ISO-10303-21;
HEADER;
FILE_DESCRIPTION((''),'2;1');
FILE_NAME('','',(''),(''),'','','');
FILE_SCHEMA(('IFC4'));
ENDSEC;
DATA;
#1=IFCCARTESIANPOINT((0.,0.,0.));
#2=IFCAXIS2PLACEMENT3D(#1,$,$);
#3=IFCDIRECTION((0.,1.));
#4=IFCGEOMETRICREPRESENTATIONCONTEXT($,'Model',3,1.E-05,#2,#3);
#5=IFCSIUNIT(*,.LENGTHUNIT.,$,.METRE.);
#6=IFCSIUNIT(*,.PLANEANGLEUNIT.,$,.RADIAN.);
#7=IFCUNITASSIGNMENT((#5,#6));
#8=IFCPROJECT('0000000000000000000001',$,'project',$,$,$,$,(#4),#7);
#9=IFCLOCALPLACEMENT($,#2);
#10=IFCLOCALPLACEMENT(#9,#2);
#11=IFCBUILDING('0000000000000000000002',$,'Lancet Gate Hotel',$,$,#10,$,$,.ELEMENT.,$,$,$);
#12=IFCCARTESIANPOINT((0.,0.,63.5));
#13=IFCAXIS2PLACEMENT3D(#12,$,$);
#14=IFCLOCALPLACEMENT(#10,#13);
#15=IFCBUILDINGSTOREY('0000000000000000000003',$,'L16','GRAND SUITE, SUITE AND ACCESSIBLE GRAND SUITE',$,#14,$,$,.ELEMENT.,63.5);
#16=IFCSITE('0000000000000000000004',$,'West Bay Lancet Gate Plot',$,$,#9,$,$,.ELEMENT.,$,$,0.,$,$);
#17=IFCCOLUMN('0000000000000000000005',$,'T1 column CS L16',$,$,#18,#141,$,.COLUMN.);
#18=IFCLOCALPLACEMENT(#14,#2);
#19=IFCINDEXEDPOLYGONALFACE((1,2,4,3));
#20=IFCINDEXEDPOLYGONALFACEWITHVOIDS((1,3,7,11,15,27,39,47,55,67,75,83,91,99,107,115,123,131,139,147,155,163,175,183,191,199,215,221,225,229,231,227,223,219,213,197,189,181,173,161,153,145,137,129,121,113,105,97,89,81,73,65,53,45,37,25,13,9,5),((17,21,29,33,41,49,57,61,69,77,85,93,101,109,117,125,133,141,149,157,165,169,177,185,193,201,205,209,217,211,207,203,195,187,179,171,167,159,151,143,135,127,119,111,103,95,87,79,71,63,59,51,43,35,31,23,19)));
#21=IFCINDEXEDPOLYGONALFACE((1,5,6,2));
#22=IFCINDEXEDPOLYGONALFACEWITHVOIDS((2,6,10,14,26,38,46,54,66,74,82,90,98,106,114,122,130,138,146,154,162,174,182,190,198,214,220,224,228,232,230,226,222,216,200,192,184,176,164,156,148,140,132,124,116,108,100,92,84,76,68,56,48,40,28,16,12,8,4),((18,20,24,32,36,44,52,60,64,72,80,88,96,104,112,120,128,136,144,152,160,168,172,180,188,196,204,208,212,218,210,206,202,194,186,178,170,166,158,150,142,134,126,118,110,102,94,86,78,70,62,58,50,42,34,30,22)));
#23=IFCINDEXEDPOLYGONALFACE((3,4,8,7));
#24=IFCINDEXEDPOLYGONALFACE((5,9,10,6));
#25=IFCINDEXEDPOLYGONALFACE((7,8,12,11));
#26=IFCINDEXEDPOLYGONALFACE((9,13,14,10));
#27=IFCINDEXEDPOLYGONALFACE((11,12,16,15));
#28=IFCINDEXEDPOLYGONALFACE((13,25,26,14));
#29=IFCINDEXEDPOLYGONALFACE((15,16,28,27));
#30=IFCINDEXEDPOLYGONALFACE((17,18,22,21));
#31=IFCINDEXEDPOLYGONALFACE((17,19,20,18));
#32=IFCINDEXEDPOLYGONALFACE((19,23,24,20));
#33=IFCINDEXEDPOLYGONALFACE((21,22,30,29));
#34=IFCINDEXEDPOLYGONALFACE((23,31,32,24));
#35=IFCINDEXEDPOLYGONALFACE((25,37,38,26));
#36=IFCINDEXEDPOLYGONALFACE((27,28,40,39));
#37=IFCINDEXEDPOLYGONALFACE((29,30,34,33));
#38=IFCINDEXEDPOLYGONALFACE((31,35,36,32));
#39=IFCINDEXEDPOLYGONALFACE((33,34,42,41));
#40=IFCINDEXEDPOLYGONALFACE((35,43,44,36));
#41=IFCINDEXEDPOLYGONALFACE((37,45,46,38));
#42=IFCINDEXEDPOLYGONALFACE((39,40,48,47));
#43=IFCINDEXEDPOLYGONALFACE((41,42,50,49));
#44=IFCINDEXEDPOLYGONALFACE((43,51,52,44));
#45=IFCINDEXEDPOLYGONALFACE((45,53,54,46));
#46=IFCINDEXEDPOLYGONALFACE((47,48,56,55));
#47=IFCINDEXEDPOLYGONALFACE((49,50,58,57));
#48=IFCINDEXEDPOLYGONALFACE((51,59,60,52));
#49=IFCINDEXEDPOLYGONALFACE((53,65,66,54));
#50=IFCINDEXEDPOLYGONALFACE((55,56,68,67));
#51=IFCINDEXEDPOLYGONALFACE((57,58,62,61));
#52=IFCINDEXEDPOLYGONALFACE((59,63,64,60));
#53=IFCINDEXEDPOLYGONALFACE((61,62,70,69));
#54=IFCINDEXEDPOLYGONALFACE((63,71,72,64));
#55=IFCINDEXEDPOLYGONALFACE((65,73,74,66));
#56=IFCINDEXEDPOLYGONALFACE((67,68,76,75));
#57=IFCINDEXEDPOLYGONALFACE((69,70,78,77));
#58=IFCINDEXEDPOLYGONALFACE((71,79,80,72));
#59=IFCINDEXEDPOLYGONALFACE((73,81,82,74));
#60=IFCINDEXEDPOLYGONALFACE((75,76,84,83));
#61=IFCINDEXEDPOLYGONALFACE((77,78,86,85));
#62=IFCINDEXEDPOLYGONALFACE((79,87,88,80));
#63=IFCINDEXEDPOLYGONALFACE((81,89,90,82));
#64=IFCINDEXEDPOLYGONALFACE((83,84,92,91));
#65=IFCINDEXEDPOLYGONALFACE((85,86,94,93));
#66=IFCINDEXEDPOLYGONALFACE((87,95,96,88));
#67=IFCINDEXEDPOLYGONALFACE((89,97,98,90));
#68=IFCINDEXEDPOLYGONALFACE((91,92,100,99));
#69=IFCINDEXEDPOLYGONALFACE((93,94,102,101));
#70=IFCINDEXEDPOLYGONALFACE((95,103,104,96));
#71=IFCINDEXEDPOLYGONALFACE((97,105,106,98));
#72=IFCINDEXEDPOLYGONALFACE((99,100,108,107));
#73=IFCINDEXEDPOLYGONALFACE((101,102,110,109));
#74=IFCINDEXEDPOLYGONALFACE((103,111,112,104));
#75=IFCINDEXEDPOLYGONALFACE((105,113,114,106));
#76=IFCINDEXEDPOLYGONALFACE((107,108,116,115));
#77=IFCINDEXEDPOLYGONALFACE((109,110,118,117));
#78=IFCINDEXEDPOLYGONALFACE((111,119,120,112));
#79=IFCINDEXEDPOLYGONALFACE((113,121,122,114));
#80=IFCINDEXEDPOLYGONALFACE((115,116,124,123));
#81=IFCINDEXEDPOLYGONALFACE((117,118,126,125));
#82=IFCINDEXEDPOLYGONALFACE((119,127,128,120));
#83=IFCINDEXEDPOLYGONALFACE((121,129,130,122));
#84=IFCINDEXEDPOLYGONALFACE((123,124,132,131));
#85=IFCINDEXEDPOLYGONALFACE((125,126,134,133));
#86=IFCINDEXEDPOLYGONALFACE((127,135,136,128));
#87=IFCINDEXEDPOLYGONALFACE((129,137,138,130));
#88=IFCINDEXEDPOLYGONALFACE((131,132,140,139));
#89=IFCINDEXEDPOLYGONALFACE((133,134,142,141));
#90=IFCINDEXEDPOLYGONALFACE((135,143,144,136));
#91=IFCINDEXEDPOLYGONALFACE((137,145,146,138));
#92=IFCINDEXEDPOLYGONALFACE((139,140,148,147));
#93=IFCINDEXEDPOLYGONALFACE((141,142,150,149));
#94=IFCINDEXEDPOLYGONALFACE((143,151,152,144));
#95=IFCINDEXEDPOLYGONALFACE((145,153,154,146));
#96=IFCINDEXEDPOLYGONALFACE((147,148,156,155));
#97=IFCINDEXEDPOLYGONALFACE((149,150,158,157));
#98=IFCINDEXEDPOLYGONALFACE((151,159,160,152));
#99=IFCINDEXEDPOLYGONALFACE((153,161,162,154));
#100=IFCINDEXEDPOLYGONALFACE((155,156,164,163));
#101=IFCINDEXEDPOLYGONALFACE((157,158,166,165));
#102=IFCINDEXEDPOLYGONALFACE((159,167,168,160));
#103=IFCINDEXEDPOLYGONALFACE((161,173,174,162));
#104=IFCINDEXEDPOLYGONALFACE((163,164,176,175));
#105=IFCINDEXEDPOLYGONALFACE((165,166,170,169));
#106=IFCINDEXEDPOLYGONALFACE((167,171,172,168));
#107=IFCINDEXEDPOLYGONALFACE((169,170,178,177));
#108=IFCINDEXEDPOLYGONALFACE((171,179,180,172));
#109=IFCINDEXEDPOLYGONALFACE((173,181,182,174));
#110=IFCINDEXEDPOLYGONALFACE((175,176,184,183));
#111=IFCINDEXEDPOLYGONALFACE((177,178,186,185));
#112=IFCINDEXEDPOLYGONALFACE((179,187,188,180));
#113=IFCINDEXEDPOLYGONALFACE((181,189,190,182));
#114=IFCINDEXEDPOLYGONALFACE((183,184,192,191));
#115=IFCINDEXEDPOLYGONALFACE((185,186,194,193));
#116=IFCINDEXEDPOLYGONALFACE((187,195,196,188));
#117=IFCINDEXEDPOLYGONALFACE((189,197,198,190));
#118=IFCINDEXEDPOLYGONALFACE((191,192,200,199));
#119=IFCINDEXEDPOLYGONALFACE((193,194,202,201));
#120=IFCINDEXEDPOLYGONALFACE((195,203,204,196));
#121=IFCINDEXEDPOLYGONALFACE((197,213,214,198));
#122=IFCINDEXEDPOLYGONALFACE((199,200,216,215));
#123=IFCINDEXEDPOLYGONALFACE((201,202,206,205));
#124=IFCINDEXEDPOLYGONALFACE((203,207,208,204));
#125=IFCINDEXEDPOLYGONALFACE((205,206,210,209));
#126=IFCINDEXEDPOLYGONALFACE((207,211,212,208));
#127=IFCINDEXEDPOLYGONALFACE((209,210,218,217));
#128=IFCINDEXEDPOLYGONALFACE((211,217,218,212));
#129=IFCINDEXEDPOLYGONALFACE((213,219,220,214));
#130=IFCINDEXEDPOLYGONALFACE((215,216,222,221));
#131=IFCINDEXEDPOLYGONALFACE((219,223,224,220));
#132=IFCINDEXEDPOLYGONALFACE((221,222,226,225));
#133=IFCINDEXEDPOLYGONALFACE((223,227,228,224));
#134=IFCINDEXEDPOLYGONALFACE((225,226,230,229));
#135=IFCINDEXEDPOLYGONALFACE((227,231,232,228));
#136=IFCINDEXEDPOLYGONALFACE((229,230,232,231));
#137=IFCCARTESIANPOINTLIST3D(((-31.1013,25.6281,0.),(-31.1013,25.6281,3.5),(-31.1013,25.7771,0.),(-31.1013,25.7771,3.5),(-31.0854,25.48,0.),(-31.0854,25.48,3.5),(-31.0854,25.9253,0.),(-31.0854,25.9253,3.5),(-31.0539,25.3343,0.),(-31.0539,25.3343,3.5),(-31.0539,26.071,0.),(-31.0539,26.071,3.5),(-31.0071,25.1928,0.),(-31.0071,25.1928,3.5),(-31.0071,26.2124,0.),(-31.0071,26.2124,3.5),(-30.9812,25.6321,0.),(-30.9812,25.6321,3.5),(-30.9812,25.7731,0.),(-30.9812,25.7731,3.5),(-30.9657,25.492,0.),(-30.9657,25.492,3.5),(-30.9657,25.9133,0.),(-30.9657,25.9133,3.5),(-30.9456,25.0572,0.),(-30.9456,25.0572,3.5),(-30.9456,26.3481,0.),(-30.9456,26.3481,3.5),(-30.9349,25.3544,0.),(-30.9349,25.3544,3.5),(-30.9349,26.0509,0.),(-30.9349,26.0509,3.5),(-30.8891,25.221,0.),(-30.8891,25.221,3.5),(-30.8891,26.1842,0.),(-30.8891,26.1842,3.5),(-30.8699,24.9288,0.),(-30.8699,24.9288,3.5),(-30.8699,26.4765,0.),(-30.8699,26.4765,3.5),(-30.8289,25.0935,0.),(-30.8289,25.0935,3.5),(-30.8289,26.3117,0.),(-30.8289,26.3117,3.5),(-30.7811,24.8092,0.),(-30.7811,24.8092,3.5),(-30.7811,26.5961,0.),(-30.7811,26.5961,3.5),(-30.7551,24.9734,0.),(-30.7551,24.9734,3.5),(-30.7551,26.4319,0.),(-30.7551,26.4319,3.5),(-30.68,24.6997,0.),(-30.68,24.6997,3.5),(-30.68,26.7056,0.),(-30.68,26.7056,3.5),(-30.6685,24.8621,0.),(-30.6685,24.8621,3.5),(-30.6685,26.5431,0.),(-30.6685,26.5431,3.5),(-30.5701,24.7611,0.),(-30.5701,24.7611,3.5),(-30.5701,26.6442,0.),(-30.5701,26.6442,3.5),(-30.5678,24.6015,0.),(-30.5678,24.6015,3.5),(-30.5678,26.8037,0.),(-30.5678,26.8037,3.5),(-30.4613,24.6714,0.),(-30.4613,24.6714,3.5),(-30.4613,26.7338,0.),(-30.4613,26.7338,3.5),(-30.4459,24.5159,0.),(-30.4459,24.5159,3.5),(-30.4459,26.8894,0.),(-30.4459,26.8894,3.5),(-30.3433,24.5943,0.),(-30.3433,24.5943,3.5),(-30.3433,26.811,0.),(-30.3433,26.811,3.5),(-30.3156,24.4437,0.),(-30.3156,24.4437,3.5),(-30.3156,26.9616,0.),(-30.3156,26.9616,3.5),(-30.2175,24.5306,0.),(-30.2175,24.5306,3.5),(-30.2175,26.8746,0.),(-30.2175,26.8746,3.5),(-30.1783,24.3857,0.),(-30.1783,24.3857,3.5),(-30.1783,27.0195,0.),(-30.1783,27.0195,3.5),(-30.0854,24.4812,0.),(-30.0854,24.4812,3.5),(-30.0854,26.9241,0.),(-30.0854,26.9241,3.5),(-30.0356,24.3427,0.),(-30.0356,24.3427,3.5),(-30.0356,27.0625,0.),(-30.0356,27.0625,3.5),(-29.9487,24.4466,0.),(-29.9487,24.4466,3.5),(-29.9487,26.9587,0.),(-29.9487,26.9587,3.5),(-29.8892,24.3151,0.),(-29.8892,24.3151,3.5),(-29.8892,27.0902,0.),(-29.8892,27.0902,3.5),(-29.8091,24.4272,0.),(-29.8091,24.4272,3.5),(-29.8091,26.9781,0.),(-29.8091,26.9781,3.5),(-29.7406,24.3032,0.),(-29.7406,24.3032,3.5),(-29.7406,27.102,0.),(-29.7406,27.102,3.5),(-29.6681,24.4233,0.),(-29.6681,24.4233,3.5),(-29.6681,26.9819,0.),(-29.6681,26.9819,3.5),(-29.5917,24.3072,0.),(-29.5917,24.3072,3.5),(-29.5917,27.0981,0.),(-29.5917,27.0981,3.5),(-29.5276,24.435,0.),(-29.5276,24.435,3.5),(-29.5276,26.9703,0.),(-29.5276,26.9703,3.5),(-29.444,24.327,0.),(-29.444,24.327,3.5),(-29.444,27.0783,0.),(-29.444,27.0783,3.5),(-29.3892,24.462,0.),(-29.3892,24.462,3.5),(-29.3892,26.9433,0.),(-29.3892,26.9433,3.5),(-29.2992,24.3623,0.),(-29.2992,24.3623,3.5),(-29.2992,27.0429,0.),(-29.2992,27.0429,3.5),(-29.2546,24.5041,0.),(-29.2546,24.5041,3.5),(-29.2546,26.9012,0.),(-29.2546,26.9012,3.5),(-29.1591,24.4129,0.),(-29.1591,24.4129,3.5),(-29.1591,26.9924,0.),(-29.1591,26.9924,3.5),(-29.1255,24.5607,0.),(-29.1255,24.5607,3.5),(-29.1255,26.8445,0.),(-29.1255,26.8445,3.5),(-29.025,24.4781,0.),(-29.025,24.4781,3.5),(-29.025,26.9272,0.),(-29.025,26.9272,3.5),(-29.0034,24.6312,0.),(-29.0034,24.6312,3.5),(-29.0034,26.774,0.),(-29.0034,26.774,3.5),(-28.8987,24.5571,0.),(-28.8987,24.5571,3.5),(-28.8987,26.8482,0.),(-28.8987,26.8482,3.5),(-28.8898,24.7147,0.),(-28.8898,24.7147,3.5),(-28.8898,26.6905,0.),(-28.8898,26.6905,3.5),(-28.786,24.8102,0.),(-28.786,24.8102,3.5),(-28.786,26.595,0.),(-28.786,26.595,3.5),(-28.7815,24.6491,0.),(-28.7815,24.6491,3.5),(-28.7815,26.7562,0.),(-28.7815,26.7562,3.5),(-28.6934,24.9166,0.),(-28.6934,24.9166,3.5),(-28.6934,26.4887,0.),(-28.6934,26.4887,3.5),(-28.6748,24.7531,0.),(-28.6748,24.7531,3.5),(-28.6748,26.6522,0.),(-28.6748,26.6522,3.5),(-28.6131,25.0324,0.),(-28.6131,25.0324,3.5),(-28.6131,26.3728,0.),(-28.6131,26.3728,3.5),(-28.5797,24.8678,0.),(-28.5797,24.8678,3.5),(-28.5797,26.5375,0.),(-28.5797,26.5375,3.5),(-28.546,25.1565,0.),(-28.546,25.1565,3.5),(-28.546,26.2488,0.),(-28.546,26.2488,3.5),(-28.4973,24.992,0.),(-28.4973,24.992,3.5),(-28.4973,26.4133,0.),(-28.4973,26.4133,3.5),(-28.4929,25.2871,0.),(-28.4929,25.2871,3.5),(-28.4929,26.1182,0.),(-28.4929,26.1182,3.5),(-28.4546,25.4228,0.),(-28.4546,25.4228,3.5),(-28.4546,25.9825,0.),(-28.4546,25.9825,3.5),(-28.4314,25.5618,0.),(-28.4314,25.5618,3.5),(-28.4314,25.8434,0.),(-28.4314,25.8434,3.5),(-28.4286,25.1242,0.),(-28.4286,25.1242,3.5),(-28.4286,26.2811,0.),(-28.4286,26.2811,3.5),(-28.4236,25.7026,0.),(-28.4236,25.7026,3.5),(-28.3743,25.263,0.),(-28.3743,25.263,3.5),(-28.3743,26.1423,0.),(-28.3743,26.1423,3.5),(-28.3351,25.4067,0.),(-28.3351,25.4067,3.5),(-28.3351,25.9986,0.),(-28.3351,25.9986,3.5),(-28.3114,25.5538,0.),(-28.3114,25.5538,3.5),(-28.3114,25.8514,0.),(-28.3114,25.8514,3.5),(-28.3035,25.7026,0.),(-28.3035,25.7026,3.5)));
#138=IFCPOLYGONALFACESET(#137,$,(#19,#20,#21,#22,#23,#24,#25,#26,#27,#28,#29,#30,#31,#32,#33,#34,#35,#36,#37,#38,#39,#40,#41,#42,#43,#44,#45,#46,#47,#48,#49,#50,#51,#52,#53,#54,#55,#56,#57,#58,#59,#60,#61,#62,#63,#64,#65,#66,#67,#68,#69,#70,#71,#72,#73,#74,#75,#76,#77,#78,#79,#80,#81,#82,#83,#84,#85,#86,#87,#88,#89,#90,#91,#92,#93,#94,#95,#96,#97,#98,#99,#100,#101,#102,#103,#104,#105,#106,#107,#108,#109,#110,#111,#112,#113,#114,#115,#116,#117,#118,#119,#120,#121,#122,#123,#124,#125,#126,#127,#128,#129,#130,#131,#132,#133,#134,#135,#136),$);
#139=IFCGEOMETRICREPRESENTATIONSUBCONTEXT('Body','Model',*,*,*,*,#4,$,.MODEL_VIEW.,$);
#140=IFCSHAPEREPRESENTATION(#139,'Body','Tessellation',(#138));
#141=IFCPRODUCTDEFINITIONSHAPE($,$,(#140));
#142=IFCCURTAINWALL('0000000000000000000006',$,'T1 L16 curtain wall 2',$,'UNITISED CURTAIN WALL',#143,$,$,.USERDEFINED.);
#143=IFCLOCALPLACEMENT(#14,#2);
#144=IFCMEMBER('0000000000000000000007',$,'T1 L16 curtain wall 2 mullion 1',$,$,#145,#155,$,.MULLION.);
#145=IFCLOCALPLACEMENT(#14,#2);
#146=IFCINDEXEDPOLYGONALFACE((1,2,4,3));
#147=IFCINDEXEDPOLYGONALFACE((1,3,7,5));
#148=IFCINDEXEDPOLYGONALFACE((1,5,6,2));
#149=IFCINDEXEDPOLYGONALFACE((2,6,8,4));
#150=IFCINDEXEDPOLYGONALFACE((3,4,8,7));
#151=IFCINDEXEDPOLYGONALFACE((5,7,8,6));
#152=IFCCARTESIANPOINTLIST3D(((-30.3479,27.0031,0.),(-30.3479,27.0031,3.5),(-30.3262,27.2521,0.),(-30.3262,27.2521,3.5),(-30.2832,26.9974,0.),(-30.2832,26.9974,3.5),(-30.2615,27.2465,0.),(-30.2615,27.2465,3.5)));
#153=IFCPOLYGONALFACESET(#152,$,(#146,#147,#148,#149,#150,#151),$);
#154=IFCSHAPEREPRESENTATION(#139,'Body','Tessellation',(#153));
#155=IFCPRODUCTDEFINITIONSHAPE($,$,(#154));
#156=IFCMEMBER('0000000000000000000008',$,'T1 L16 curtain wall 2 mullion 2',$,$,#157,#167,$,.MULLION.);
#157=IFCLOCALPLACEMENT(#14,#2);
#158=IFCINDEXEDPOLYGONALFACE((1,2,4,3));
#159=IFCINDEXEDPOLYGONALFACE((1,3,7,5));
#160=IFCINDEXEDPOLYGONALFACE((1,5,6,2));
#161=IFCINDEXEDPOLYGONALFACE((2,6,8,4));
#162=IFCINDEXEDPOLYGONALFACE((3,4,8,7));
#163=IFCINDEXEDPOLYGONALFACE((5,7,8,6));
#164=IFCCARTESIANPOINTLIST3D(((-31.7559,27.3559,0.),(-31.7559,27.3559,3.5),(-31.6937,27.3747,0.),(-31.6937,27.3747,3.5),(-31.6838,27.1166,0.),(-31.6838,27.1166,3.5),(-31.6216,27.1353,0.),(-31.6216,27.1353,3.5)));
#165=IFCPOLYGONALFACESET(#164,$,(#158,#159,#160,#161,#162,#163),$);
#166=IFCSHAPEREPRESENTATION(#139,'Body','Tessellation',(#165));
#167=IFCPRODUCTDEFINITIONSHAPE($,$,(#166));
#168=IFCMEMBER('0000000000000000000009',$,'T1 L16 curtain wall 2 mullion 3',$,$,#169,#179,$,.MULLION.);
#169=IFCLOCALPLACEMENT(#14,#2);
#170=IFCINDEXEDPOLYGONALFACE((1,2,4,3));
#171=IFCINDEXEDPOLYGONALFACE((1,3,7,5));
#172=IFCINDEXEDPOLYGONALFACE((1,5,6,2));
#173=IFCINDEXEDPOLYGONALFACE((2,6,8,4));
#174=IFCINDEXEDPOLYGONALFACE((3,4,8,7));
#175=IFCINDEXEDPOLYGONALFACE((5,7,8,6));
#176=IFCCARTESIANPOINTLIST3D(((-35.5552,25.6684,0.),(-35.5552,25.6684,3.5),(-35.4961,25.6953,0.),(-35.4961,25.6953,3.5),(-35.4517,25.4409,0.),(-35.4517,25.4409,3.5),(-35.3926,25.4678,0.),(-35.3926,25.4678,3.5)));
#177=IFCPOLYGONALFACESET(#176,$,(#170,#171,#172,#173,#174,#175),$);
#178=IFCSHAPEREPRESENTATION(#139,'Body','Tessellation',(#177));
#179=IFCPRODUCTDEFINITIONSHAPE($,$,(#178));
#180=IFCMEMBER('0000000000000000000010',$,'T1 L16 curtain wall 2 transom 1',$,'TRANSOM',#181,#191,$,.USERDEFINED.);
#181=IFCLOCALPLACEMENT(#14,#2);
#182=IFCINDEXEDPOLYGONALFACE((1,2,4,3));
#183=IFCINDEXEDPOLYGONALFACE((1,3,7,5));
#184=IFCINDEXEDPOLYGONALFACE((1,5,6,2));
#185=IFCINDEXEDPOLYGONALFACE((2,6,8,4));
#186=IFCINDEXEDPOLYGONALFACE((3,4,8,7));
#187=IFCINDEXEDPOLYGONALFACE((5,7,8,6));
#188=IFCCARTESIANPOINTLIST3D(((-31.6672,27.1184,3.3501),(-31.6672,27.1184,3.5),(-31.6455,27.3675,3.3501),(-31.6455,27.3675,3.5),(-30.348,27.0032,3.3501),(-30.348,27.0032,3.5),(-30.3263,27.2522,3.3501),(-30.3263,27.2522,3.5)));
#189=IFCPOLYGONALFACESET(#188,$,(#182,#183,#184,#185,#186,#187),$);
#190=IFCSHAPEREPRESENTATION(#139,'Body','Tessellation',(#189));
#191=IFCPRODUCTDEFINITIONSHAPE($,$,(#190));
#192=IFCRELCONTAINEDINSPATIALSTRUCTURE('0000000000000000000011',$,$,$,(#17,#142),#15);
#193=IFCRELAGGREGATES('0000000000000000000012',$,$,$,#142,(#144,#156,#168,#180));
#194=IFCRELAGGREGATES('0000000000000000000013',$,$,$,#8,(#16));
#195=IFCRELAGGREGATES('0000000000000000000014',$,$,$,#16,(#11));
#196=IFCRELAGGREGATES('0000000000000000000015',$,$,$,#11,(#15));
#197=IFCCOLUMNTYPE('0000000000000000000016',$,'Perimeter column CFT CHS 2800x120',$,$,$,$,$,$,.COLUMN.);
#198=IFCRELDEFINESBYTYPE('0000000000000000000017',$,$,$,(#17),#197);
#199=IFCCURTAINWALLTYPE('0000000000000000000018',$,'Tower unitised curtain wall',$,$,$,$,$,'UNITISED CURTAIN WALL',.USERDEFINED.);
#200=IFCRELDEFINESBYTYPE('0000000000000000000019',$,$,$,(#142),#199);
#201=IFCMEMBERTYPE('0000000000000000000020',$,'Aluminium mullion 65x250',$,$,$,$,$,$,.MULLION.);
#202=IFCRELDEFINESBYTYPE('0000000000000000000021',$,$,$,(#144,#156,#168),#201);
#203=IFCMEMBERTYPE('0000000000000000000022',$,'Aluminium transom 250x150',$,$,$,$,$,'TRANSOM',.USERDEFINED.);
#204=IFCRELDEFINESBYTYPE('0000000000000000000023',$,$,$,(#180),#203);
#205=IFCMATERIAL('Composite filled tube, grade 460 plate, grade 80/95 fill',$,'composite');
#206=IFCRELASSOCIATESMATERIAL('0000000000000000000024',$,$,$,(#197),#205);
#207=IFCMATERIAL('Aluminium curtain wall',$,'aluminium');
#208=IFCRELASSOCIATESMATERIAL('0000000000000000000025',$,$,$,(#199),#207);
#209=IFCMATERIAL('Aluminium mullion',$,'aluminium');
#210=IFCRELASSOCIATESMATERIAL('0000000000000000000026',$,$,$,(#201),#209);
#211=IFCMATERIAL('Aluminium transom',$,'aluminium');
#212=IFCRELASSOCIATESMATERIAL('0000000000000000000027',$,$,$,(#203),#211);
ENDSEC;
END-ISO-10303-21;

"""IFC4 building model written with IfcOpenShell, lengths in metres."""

from ifc_helpers import new_model, si_unit, direction, frame, origin, origin_2d, place, context, subcontext, project, spatial, rectangle, hollow_circle, extrude, material, material_profile, profile_set, type_object, element, aggregate, save


model = new_model("IFC4")

# Units and contexts
model_context = context("Model", 3, precision=1e-05, world=origin(), true_north=direction((0.0, 1.0)))
body_context = subcontext(model_context, "Body", "Model", "MODEL_VIEW")
ifc_project = project(units=[si_unit("LENGTHUNIT", "METRE"), si_unit("PLANEANGLEUNIT", "RADIAN")], contexts=[model_context])

# Site, building, storey
site_placement = place(None, origin())
site = spatial("IfcSite", under=ifc_project, at=site_placement, Name="West Bay Lancet Gate Plot", CompositionType="ELEMENT", RefElevation=0.0)
building_placement = place(site_placement, origin())
building = spatial("IfcBuilding", under=site, at=building_placement, Name="Lancet Gate Hotel", CompositionType="ELEMENT")
storey_placement = place(building_placement, frame((0.0, 0.0, 63.5)))
storey = spatial("IfcBuildingStorey", under=building, at=storey_placement, Name="L16", Description="GRAND SUITE, SUITE AND ACCESSIBLE GRAND SUITE", CompositionType="ELEMENT", Elevation=63.5)

# Column
ifc_material_1 = material(Name="Composite filled tube, grade 460 plate, grade 80/95 fill", Category="composite")
ifc_material_profile_1 = material_profile(ifc_material_1, hollow_circle(Radius=1.3999, WallThickness=0.1201, at=origin_2d()), Name="CHS 2800x120")
ifc_profile_set_1 = profile_set([ifc_material_profile_1], Name="Composite filled tube, grade 460 plate, grade 80/95 fill")
column_type = type_object("IfcColumnType", Name="Perimeter column CFT CHS 2800x120", PredefinedType="COLUMN", material=ifc_profile_set_1)
column_placement = place(storey_placement, frame((-29.7034, 25.7026, 0.0), z_axis=(0.0, 0.0, 1.0), x_axis=(1.0, 0.0, 0.0)))
element("IfcColumn", 1, at=column_placement, inside=storey, type_object=column_type, Name="T1 column CS L16", PredefinedType="COLUMN", context=body_context, shape_type="SweptSolid", body=[
    extrude(hollow_circle(Radius=1.3999, WallThickness=0.1201, at=origin_2d()), origin(), (0.0, 0.0, 1.0), 3.5),
])

# Curtain wall, members
ifc_material_2 = material(Name="Aluminium curtain wall", Category="aluminium")
curtain_wall_type = type_object("IfcCurtainWallType", Name="Tower unitised curtain wall", ElementType="UNITISED CURTAIN WALL", PredefinedType="USERDEFINED", material=ifc_material_2)
curtain_wall_placement = place(storey_placement, origin())
curtain_wall = element("IfcCurtainWall", 2, at=curtain_wall_placement, inside=storey, type_object=curtain_wall_type, Name="T1 L16 curtain wall 2", ObjectType="UNITISED CURTAIN WALL", PredefinedType="USERDEFINED")
ifc_material_3 = material(Name="Aluminium mullion", Category="aluminium")
ifc_material_profile_2 = material_profile(ifc_material_3, rectangle(XDim=0.0649, YDim=0.25, at=origin_2d()), Name="MULLION 65x250")
ifc_profile_set_2 = profile_set([ifc_material_profile_2], Name="Aluminium mullion")
member_type_1 = type_object("IfcMemberType", Name="Aluminium mullion 65x250", PredefinedType="MULLION", material=ifc_profile_set_2)
member_1_placement = place(storey_placement, frame((-30.3047, 27.1248, 0.0), z_axis=(0.0, 0.0, 1.0), x_axis=(-0.996204, 0.087052, 0.0)))
member_1 = element("IfcMember", 3, at=member_1_placement, type_object=member_type_1, Name="T1 L16 curtain wall 2 mullion 1", PredefinedType="MULLION", context=body_context, shape_type="SweptSolid", body=[
    extrude(rectangle(XDim=0.0649, YDim=0.25, at=origin_2d()), origin(), (0.0, 0.0, 1.0), 3.5),
])
member_2_placement = place(storey_placement, frame((-31.6887, 27.2456, 0.0), z_axis=(0.0, 0.0, 1.0), x_axis=(-0.957524, -0.288352, 0.0)))
member_2 = element("IfcMember", 4, at=member_2_placement, type_object=member_type_1, Name="T1 L16 curtain wall 2 mullion 2", PredefinedType="MULLION", context=body_context, shape_type="SweptSolid", body=[
    extrude(rectangle(XDim=0.0649, YDim=0.25, at=origin_2d()), origin(), (0.0, 0.0, 1.0), 3.5),
])
member_3_placement = place(storey_placement, frame((-35.4739, 25.5681, 0.0), z_axis=(0.0, 0.0, 1.0), x_axis=(-0.91022, -0.414126, 0.0)))
member_3 = element("IfcMember", 5, at=member_3_placement, type_object=member_type_1, Name="T1 L16 curtain wall 2 mullion 3", PredefinedType="MULLION", context=body_context, shape_type="SweptSolid", body=[
    extrude(rectangle(XDim=0.0649, YDim=0.25, at=origin_2d()), origin(), (0.0, 0.0, 1.0), 3.5),
])
ifc_material_4 = material(Name="Aluminium transom", Category="aluminium")
ifc_material_profile_3 = material_profile(ifc_material_4, rectangle(XDim=0.25, YDim=0.1499, at=origin_2d()), Name="TRANSOM 250x150")
ifc_profile_set_3 = profile_set([ifc_material_profile_3], Name="Aluminium transom")
member_type_2 = type_object("IfcMemberType", Name="Aluminium transom 250x150", ElementType="TRANSOM", PredefinedType="USERDEFINED", material=ifc_profile_set_3)
member_4_placement = place(storey_placement, frame((-30.3372, 27.1277, 3.425), z_axis=(-0.996206, 0.087027, 0.0), x_axis=(-0.087027, -0.996206, 0.0)))
member_4 = element("IfcMember", 6, at=member_4_placement, type_object=member_type_2, Name="T1 L16 curtain wall 2 transom 1", ObjectType="TRANSOM", PredefinedType="USERDEFINED", context=body_context, shape_type="SweptSolid", body=[
    extrude(rectangle(XDim=0.25, YDim=0.1499, at=origin_2d()), origin(), (0.0, 0.0, 1.0), 1.3242),
])

aggregate(curtain_wall, [member_1, member_2, member_3, member_4])

save(model, "model.ifc")
